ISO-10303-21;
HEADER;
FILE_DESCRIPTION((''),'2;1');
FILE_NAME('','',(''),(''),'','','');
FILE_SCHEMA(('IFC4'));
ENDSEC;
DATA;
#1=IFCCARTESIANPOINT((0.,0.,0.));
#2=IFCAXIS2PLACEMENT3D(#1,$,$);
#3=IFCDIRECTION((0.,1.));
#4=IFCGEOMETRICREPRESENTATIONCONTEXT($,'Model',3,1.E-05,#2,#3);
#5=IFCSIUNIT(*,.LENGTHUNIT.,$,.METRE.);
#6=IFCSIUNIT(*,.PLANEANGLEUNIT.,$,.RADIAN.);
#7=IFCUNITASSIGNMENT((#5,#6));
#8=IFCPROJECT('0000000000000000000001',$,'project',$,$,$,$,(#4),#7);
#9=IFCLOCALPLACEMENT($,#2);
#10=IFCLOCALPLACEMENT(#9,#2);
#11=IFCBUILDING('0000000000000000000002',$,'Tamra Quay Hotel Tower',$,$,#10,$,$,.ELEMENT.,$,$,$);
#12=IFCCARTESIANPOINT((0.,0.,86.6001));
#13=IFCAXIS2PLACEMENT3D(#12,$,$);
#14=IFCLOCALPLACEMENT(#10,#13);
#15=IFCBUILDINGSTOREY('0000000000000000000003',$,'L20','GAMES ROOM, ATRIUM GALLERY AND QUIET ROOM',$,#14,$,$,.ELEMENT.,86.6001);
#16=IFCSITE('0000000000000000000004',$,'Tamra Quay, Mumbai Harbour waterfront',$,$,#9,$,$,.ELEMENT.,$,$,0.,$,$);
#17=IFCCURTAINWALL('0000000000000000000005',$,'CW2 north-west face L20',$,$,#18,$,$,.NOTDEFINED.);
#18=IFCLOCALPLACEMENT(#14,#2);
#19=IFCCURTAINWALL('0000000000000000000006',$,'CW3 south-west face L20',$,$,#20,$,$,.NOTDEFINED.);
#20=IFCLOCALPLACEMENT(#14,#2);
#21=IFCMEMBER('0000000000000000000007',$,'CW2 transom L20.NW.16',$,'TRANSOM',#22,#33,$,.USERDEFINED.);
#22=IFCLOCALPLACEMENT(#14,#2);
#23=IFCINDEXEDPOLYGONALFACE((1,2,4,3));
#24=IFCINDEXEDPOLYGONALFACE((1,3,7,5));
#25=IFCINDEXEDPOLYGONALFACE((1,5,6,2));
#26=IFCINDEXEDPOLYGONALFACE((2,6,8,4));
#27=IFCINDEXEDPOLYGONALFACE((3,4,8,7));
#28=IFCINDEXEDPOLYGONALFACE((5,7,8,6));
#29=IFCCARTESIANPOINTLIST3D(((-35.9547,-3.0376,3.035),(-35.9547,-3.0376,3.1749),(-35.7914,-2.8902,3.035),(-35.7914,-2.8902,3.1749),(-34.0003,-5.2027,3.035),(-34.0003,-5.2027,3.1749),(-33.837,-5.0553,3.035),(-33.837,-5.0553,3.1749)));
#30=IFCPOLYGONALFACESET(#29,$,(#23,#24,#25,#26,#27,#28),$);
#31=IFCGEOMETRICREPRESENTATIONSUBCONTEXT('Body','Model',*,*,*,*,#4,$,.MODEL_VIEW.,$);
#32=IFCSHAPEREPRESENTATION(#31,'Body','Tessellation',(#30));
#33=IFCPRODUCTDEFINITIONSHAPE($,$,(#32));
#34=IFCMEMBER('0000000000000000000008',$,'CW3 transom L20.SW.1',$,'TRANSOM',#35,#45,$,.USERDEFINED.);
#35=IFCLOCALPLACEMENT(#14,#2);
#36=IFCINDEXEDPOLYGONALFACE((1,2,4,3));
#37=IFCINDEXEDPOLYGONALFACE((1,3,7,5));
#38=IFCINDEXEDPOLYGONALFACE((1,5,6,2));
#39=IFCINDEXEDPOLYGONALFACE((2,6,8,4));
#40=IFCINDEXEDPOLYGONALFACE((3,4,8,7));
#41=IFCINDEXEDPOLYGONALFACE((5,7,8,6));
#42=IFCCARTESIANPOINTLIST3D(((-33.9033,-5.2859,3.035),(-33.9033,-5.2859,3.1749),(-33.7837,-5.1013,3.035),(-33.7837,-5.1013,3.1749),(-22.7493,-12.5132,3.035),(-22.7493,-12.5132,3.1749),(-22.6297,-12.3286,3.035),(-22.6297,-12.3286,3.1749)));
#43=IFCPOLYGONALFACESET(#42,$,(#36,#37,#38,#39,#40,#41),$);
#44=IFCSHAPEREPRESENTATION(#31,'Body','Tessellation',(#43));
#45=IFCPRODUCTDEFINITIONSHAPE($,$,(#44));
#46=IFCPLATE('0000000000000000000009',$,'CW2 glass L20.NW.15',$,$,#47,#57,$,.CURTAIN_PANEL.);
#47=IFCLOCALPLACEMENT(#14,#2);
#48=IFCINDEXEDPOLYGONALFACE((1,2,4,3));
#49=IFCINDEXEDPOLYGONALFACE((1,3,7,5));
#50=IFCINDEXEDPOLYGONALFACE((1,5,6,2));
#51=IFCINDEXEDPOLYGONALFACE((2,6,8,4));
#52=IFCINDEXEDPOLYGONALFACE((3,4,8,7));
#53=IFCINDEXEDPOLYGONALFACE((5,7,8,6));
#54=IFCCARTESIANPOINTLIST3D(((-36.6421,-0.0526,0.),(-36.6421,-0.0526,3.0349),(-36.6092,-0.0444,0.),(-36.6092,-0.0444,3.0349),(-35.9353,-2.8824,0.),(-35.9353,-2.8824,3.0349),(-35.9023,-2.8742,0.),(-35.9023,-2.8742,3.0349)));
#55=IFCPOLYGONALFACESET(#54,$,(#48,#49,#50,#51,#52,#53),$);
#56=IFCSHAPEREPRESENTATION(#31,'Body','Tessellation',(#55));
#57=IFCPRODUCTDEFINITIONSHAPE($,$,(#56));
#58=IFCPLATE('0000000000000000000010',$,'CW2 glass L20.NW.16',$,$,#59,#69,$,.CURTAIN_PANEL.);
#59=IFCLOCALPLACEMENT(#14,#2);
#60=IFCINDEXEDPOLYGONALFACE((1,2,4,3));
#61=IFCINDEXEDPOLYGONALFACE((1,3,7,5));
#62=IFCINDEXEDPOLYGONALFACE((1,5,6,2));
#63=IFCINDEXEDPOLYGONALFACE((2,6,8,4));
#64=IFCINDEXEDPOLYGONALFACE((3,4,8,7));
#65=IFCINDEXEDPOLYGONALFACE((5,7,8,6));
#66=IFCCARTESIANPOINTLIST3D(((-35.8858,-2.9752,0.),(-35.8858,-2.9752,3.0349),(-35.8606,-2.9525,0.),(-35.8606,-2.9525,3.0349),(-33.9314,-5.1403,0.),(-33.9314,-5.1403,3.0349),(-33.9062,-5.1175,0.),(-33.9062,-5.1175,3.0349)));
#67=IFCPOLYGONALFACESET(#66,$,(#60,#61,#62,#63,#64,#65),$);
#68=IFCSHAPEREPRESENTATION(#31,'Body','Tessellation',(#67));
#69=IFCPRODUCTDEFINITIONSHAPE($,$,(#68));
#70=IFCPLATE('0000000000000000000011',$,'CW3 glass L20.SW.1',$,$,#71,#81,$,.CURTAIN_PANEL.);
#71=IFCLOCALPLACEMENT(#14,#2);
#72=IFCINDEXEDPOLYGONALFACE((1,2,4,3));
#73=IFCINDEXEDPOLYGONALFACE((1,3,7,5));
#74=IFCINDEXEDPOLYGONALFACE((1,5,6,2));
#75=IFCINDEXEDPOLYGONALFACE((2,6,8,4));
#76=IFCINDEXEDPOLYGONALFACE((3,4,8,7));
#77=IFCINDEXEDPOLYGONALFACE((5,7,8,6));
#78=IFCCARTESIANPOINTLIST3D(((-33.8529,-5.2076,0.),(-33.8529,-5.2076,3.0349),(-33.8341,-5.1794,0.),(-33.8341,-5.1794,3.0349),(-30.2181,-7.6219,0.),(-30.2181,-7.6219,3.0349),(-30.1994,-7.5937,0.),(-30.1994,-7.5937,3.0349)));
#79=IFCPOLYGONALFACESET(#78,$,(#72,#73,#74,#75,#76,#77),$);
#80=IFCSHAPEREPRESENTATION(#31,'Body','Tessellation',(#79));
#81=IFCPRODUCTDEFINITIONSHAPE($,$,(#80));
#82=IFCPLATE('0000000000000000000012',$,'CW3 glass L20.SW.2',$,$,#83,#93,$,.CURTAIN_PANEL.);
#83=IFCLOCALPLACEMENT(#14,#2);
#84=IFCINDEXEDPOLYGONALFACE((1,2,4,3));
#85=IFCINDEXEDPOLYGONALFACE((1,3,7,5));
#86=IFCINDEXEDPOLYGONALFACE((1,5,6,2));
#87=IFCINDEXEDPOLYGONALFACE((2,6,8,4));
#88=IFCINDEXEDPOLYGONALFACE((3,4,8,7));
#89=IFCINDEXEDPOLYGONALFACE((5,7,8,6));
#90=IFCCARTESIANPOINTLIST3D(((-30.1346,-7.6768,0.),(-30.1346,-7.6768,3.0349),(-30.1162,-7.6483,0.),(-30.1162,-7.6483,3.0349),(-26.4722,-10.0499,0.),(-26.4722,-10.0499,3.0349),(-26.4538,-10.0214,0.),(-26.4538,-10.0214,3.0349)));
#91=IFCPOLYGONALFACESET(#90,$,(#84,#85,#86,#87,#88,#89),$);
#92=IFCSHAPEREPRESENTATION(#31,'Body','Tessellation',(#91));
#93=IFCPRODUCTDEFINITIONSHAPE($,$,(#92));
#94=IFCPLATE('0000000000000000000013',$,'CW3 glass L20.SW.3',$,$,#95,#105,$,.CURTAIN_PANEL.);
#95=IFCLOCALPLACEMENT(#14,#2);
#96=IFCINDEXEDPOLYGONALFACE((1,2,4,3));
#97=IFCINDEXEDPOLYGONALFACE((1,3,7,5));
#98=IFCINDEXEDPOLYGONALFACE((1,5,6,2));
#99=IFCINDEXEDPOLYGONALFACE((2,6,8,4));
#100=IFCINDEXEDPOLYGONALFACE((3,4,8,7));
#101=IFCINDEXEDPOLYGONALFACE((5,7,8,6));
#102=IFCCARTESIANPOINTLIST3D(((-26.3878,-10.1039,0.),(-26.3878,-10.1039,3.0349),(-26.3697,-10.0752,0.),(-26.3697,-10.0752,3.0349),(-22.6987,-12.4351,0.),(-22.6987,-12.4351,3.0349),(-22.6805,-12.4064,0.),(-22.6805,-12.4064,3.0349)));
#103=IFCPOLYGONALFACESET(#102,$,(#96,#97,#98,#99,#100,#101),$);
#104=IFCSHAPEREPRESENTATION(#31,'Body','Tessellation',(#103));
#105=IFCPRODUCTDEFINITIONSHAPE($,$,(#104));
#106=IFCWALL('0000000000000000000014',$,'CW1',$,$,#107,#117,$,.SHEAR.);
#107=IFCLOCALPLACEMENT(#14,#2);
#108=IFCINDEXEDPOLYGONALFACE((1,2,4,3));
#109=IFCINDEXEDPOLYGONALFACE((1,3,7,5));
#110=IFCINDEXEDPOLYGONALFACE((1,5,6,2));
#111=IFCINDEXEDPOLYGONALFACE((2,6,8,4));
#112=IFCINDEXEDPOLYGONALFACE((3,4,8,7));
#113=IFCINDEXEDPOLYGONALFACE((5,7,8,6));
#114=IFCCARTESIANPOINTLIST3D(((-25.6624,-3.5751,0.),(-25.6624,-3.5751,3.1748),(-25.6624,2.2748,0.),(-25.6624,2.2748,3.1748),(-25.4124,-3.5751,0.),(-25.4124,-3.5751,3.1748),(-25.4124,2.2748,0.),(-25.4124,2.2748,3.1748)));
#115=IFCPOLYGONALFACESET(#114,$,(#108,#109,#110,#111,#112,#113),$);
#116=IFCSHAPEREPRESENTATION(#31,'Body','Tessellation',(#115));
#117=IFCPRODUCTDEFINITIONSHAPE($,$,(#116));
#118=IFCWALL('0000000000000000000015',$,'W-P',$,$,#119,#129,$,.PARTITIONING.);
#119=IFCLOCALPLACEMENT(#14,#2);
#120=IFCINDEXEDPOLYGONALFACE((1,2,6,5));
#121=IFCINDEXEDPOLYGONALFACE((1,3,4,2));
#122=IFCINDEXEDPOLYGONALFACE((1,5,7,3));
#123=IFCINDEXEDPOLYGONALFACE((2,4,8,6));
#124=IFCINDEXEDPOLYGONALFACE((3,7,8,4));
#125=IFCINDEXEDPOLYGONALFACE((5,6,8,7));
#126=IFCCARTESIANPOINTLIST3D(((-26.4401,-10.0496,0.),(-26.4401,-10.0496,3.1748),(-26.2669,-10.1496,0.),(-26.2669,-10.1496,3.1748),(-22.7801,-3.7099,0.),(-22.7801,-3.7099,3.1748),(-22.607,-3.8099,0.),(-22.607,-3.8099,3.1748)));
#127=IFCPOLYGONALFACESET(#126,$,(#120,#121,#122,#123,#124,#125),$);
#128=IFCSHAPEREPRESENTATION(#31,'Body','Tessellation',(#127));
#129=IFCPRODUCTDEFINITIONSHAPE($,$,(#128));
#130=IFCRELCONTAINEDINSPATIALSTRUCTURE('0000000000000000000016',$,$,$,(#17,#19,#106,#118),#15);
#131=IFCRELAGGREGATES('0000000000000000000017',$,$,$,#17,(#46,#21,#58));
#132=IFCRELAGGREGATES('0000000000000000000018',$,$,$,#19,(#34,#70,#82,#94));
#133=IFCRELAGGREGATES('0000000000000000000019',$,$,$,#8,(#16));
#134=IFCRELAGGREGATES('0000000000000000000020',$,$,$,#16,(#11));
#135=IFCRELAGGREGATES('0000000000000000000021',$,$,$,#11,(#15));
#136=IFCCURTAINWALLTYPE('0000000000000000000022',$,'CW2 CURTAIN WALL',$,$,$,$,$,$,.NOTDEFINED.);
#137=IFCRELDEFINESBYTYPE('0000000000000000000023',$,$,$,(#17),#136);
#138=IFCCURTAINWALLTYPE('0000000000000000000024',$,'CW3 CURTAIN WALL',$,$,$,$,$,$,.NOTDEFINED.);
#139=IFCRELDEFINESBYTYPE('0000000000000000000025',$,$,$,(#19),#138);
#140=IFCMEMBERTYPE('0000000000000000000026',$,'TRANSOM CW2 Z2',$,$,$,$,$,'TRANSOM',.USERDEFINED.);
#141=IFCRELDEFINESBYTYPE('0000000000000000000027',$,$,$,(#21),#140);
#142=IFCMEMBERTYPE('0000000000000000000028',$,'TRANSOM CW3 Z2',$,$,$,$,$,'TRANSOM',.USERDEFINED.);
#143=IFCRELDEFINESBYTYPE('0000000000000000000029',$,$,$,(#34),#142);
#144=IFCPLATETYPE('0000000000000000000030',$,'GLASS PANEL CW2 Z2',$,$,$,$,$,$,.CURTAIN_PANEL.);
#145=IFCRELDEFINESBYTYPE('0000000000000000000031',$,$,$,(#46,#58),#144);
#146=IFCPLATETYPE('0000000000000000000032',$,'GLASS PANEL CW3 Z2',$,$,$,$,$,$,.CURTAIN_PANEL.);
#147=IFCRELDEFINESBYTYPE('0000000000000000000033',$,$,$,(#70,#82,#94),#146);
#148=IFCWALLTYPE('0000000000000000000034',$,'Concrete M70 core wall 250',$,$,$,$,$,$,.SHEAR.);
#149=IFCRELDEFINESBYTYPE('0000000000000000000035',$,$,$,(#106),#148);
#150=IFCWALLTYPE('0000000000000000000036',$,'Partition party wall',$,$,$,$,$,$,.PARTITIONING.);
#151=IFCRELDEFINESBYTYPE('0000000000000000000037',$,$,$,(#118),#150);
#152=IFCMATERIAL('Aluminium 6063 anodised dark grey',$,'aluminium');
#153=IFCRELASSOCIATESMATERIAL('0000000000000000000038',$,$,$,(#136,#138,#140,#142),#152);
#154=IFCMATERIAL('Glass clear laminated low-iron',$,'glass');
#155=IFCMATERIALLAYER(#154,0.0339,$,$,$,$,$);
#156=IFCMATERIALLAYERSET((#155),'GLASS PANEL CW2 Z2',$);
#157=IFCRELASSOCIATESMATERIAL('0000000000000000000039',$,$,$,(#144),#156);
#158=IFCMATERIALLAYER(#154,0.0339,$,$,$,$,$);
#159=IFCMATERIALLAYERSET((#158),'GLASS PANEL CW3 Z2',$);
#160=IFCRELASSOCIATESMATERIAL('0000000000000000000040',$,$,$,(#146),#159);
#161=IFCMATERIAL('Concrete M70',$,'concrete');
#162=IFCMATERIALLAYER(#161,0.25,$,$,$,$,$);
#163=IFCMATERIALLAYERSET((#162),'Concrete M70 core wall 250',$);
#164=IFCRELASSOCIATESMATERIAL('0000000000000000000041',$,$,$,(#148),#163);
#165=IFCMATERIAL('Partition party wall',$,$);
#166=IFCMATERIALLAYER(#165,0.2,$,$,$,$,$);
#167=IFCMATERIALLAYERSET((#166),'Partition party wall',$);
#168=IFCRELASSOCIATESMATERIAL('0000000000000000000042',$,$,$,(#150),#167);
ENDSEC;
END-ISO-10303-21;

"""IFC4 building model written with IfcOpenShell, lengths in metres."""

from ifc_helpers import new_model, si_unit, direction, frame, frame_2d, origin, origin_2d, place, context, subcontext, project, spatial, rectangle, extrude, material, layer, layer_set, material_profile, profile_set, type_object, element, aggregate, save


model = new_model("IFC4")

# Units and contexts
model_context = context("Model", 3, precision=1e-05, world=origin(), true_north=direction((0.0, 1.0)))
body_context = subcontext(model_context, "Body", "Model", "MODEL_VIEW")
ifc_project = project(units=[si_unit("LENGTHUNIT", "METRE"), si_unit("PLANEANGLEUNIT", "RADIAN")], contexts=[model_context])

# Site, building, storey
site_placement = place(None, origin())
site = spatial("IfcSite", under=ifc_project, at=site_placement, Name="Tamra Quay, Mumbai Harbour waterfront", CompositionType="ELEMENT", RefElevation=0.0)
building_placement = place(site_placement, origin())
building = spatial("IfcBuilding", under=site, at=building_placement, Name="Tamra Quay Hotel Tower", CompositionType="ELEMENT")
storey_placement = place(building_placement, frame((0.0, 0.0, 86.6001)))
storey = spatial("IfcBuildingStorey", under=building, at=storey_placement, Name="L20", Description="GAMES ROOM, ATRIUM GALLERY AND QUIET ROOM", CompositionType="ELEMENT", Elevation=86.6001)

# Shared definitions
ifc_material_1 = material(Name="Concrete M70", Category="concrete")

# Curtain walls
ifc_material_2 = material(Name="Aluminium 6063 anodised dark grey", Category="aluminium")
curtain_wall_type_1 = type_object("IfcCurtainWallType", Name="CW2 CURTAIN WALL", PredefinedType="NOTDEFINED", material=ifc_material_2)
curtain_wall_1_placement = place(storey_placement, origin())
curtain_wall_1 = element("IfcCurtainWall", 1, at=curtain_wall_1_placement, inside=storey, type_object=curtain_wall_type_1, Name="CW2 north-west face L20", PredefinedType="NOTDEFINED")
curtain_wall_type_2 = type_object("IfcCurtainWallType", Name="CW3 CURTAIN WALL", PredefinedType="NOTDEFINED", material=ifc_material_2)
curtain_wall_2_placement = place(storey_placement, origin())
curtain_wall_2 = element("IfcCurtainWall", 2, at=curtain_wall_2_placement, inside=storey, type_object=curtain_wall_type_2, Name="CW3 south-west face L20", PredefinedType="NOTDEFINED")

# Members
ifc_material_profile_1 = material_profile(ifc_material_2, rectangle(XDim=0.22, YDim=0.1399, at=origin_2d()), Name="TRANSOM 220X140")
ifc_profile_set_1 = profile_set([ifc_material_profile_1], Name="Aluminium 6063 anodised dark grey")
member_type_1 = type_object("IfcMemberType", Name="TRANSOM CW2 Z2", ElementType="TRANSOM", PredefinedType="USERDEFINED", material=ifc_profile_set_1)
member_1_placement = place(storey_placement, frame((-35.873, -2.9639, 3.105), z_axis=(0.670065, -0.742303, 0.0), x_axis=(0.742303, 0.670065, 0.0)))
member_1 = element("IfcMember", 3, at=member_1_placement, type_object=member_type_1, Name="CW2 transom L20.NW.16", ObjectType="TRANSOM", PredefinedType="USERDEFINED", context=body_context, shape_type="SweptSolid", body=[
    extrude(rectangle(XDim=0.22, YDim=0.1399, at=origin_2d()), origin(), (0.0, 0.0, 1.0), 2.9167),
])
ifc_material_profile_2 = material_profile(ifc_material_2, rectangle(XDim=0.22, YDim=0.1399, at=origin_2d()), Name="TRANSOM 220X140")
ifc_profile_set_2 = profile_set([ifc_material_profile_2], Name="Aluminium 6063 anodised dark grey")
member_type_2 = type_object("IfcMemberType", Name="TRANSOM CW3 Z2", ElementType="TRANSOM", PredefinedType="USERDEFINED", material=ifc_profile_set_2)
member_2_placement = place(storey_placement, frame((-33.8435, -5.1936, 3.105), z_axis=(0.839228, -0.54378, 0.0), x_axis=(0.54378, 0.839228, 0.0)))
member_2 = element("IfcMember", 4, at=member_2_placement, type_object=member_type_2, Name="CW3 transom L20.SW.1", ObjectType="TRANSOM", PredefinedType="USERDEFINED", context=body_context, shape_type="SweptSolid", body=[
    extrude(rectangle(XDim=0.22, YDim=0.1399, at=origin_2d()), origin(), (0.0, 0.0, 1.0), 13.2908),
])

# Plates
ifc_material_3 = material(Name="Glass clear laminated low-iron", Category="glass")
ifc_layer_1 = layer(ifc_material_3, 0.0339)
ifc_layer_set_1 = layer_set([ifc_layer_1], Name="GLASS PANEL CW2 Z2")
plate_type_1 = type_object("IfcPlateType", Name="GLASS PANEL CW2 Z2", PredefinedType="CURTAIN_PANEL", material=ifc_layer_set_1)
plate_1_placement = place(storey_placement, frame((-36.2722, -1.4634, 0.0), z_axis=(0.0, 0.0, 1.0), x_axis=(0.242339, -0.970192, 0.0)))
plate_1 = element("IfcPlate", 5, at=plate_1_placement, type_object=plate_type_1, Name="CW2 glass L20.NW.15", PredefinedType="CURTAIN_PANEL", context=body_context, shape_type="SweptSolid", body=[
    extrude(rectangle(XDim=2.9167, YDim=0.0339, at=origin_2d()), origin(), (0.0, 0.0, 1.0), 3.0349),
])
plate_2_placement = place(storey_placement, frame((-34.896, -4.0464, 0.0), z_axis=(0.0, 0.0, 1.0), x_axis=(0.670088, -0.742282, 0.0)))
plate_2 = element("IfcPlate", 6, at=plate_2_placement, type_object=plate_type_1, Name="CW2 glass L20.NW.16", PredefinedType="CURTAIN_PANEL", context=body_context, shape_type="SweptSolid", body=[
    extrude(rectangle(XDim=2.9167, YDim=0.0339, at=origin_2d()), origin(), (0.0, 0.0, 1.0), 3.0349),
])
aggregate(curtain_wall_1, [plate_1, member_1, plate_2])
ifc_layer_2 = layer(ifc_material_3, 0.0339)
ifc_layer_set_2 = layer_set([ifc_layer_2], Name="GLASS PANEL CW3 Z2")
plate_type_2 = type_object("IfcPlateType", Name="GLASS PANEL CW3 Z2", PredefinedType="CURTAIN_PANEL", material=ifc_layer_set_2)
plate_3_placement = place(storey_placement, frame((-32.0261, -6.4006, 0.0), z_axis=(0.0, 0.0, 1.0), x_axis=(0.832988, -0.553291, 0.0)))
plate_3 = element("IfcPlate", 7, at=plate_3_placement, type_object=plate_type_2, Name="CW3 glass L20.SW.1", PredefinedType="CURTAIN_PANEL", context=body_context, shape_type="SweptSolid", body=[
    extrude(rectangle(XDim=4.3635, YDim=0.0339, at=origin_2d()), origin(), (0.0, 0.0, 1.0), 3.0349),
])
plate_4_placement = place(storey_placement, frame((-28.2942, -8.8491, 0.0), z_axis=(0.0, 0.0, 1.0), x_axis=(0.839224, -0.543786, 0.0)))
plate_4 = element("IfcPlate", 8, at=plate_4_placement, type_object=plate_type_2, Name="CW3 glass L20.SW.2", PredefinedType="CURTAIN_PANEL", context=body_context, shape_type="SweptSolid", body=[
    extrude(rectangle(XDim=4.364, YDim=0.0339, at=origin_2d()), origin(), (0.0, 0.0, 1.0), 3.0349),
])
plate_5_placement = place(storey_placement, frame((-24.5342, -11.2551, 0.0), z_axis=(0.0, 0.0, 1.0), x_axis=(0.845362, -0.534193, 0.0)))
plate_5 = element("IfcPlate", 9, at=plate_5_placement, type_object=plate_type_2, Name="CW3 glass L20.SW.3", PredefinedType="CURTAIN_PANEL", context=body_context, shape_type="SweptSolid", body=[
    extrude(rectangle(XDim=4.364, YDim=0.0339, at=origin_2d()), origin(), (0.0, 0.0, 1.0), 3.0349),
])
aggregate(curtain_wall_2, [member_2, plate_3, plate_4, plate_5])

# Walls
ifc_layer_3 = layer(ifc_material_1, 0.25)
ifc_layer_set_3 = layer_set([ifc_layer_3], Name="Concrete M70 core wall 250")
wall_type_1 = type_object("IfcWallType", Name="Concrete M70 core wall 250", PredefinedType="SHEAR", material=ifc_layer_set_3)
wall_1_placement = place(storey_placement, frame((-25.5374, -3.575, 0.0), z_axis=(0.0, 0.0, 1.0), x_axis=(0.0, 1.0, 0.0)))
element("IfcWall", 10, at=wall_1_placement, inside=storey, type_object=wall_type_1, Name="CW1", PredefinedType="SHEAR", context=body_context, shape_type="SweptSolid", body=[
    extrude(rectangle(XDim=5.8499, YDim=0.25, at=frame_2d((2.9248, 0.0))), origin(), (0.0, 0.0, 1.0), 3.1748),
])
ifc_material_4 = material(Name="Partition party wall")
ifc_layer_4 = layer(ifc_material_4, 0.2)
ifc_layer_set_4 = layer_set([ifc_layer_4], Name="Partition party wall")
wall_type_2 = type_object("IfcWallType", Name="Partition party wall", PredefinedType="PARTITIONING", material=ifc_layer_set_4)
wall_2_placement = place(storey_placement, frame((-26.3535, -10.0996, 0.0), z_axis=(0.0, 0.0, 1.0), x_axis=(0.499974, 0.866041, 0.0)))
element("IfcWall", 11, at=wall_2_placement, inside=storey, type_object=wall_type_2, Name="W-P", PredefinedType="PARTITIONING", context=body_context, shape_type="SweptSolid", body=[
    extrude(rectangle(XDim=7.3203, YDim=0.2, at=frame_2d((3.6602, 0.0))), origin(), (0.0, 0.0, 1.0), 3.1748),
])

save(model, "model.ifc")
